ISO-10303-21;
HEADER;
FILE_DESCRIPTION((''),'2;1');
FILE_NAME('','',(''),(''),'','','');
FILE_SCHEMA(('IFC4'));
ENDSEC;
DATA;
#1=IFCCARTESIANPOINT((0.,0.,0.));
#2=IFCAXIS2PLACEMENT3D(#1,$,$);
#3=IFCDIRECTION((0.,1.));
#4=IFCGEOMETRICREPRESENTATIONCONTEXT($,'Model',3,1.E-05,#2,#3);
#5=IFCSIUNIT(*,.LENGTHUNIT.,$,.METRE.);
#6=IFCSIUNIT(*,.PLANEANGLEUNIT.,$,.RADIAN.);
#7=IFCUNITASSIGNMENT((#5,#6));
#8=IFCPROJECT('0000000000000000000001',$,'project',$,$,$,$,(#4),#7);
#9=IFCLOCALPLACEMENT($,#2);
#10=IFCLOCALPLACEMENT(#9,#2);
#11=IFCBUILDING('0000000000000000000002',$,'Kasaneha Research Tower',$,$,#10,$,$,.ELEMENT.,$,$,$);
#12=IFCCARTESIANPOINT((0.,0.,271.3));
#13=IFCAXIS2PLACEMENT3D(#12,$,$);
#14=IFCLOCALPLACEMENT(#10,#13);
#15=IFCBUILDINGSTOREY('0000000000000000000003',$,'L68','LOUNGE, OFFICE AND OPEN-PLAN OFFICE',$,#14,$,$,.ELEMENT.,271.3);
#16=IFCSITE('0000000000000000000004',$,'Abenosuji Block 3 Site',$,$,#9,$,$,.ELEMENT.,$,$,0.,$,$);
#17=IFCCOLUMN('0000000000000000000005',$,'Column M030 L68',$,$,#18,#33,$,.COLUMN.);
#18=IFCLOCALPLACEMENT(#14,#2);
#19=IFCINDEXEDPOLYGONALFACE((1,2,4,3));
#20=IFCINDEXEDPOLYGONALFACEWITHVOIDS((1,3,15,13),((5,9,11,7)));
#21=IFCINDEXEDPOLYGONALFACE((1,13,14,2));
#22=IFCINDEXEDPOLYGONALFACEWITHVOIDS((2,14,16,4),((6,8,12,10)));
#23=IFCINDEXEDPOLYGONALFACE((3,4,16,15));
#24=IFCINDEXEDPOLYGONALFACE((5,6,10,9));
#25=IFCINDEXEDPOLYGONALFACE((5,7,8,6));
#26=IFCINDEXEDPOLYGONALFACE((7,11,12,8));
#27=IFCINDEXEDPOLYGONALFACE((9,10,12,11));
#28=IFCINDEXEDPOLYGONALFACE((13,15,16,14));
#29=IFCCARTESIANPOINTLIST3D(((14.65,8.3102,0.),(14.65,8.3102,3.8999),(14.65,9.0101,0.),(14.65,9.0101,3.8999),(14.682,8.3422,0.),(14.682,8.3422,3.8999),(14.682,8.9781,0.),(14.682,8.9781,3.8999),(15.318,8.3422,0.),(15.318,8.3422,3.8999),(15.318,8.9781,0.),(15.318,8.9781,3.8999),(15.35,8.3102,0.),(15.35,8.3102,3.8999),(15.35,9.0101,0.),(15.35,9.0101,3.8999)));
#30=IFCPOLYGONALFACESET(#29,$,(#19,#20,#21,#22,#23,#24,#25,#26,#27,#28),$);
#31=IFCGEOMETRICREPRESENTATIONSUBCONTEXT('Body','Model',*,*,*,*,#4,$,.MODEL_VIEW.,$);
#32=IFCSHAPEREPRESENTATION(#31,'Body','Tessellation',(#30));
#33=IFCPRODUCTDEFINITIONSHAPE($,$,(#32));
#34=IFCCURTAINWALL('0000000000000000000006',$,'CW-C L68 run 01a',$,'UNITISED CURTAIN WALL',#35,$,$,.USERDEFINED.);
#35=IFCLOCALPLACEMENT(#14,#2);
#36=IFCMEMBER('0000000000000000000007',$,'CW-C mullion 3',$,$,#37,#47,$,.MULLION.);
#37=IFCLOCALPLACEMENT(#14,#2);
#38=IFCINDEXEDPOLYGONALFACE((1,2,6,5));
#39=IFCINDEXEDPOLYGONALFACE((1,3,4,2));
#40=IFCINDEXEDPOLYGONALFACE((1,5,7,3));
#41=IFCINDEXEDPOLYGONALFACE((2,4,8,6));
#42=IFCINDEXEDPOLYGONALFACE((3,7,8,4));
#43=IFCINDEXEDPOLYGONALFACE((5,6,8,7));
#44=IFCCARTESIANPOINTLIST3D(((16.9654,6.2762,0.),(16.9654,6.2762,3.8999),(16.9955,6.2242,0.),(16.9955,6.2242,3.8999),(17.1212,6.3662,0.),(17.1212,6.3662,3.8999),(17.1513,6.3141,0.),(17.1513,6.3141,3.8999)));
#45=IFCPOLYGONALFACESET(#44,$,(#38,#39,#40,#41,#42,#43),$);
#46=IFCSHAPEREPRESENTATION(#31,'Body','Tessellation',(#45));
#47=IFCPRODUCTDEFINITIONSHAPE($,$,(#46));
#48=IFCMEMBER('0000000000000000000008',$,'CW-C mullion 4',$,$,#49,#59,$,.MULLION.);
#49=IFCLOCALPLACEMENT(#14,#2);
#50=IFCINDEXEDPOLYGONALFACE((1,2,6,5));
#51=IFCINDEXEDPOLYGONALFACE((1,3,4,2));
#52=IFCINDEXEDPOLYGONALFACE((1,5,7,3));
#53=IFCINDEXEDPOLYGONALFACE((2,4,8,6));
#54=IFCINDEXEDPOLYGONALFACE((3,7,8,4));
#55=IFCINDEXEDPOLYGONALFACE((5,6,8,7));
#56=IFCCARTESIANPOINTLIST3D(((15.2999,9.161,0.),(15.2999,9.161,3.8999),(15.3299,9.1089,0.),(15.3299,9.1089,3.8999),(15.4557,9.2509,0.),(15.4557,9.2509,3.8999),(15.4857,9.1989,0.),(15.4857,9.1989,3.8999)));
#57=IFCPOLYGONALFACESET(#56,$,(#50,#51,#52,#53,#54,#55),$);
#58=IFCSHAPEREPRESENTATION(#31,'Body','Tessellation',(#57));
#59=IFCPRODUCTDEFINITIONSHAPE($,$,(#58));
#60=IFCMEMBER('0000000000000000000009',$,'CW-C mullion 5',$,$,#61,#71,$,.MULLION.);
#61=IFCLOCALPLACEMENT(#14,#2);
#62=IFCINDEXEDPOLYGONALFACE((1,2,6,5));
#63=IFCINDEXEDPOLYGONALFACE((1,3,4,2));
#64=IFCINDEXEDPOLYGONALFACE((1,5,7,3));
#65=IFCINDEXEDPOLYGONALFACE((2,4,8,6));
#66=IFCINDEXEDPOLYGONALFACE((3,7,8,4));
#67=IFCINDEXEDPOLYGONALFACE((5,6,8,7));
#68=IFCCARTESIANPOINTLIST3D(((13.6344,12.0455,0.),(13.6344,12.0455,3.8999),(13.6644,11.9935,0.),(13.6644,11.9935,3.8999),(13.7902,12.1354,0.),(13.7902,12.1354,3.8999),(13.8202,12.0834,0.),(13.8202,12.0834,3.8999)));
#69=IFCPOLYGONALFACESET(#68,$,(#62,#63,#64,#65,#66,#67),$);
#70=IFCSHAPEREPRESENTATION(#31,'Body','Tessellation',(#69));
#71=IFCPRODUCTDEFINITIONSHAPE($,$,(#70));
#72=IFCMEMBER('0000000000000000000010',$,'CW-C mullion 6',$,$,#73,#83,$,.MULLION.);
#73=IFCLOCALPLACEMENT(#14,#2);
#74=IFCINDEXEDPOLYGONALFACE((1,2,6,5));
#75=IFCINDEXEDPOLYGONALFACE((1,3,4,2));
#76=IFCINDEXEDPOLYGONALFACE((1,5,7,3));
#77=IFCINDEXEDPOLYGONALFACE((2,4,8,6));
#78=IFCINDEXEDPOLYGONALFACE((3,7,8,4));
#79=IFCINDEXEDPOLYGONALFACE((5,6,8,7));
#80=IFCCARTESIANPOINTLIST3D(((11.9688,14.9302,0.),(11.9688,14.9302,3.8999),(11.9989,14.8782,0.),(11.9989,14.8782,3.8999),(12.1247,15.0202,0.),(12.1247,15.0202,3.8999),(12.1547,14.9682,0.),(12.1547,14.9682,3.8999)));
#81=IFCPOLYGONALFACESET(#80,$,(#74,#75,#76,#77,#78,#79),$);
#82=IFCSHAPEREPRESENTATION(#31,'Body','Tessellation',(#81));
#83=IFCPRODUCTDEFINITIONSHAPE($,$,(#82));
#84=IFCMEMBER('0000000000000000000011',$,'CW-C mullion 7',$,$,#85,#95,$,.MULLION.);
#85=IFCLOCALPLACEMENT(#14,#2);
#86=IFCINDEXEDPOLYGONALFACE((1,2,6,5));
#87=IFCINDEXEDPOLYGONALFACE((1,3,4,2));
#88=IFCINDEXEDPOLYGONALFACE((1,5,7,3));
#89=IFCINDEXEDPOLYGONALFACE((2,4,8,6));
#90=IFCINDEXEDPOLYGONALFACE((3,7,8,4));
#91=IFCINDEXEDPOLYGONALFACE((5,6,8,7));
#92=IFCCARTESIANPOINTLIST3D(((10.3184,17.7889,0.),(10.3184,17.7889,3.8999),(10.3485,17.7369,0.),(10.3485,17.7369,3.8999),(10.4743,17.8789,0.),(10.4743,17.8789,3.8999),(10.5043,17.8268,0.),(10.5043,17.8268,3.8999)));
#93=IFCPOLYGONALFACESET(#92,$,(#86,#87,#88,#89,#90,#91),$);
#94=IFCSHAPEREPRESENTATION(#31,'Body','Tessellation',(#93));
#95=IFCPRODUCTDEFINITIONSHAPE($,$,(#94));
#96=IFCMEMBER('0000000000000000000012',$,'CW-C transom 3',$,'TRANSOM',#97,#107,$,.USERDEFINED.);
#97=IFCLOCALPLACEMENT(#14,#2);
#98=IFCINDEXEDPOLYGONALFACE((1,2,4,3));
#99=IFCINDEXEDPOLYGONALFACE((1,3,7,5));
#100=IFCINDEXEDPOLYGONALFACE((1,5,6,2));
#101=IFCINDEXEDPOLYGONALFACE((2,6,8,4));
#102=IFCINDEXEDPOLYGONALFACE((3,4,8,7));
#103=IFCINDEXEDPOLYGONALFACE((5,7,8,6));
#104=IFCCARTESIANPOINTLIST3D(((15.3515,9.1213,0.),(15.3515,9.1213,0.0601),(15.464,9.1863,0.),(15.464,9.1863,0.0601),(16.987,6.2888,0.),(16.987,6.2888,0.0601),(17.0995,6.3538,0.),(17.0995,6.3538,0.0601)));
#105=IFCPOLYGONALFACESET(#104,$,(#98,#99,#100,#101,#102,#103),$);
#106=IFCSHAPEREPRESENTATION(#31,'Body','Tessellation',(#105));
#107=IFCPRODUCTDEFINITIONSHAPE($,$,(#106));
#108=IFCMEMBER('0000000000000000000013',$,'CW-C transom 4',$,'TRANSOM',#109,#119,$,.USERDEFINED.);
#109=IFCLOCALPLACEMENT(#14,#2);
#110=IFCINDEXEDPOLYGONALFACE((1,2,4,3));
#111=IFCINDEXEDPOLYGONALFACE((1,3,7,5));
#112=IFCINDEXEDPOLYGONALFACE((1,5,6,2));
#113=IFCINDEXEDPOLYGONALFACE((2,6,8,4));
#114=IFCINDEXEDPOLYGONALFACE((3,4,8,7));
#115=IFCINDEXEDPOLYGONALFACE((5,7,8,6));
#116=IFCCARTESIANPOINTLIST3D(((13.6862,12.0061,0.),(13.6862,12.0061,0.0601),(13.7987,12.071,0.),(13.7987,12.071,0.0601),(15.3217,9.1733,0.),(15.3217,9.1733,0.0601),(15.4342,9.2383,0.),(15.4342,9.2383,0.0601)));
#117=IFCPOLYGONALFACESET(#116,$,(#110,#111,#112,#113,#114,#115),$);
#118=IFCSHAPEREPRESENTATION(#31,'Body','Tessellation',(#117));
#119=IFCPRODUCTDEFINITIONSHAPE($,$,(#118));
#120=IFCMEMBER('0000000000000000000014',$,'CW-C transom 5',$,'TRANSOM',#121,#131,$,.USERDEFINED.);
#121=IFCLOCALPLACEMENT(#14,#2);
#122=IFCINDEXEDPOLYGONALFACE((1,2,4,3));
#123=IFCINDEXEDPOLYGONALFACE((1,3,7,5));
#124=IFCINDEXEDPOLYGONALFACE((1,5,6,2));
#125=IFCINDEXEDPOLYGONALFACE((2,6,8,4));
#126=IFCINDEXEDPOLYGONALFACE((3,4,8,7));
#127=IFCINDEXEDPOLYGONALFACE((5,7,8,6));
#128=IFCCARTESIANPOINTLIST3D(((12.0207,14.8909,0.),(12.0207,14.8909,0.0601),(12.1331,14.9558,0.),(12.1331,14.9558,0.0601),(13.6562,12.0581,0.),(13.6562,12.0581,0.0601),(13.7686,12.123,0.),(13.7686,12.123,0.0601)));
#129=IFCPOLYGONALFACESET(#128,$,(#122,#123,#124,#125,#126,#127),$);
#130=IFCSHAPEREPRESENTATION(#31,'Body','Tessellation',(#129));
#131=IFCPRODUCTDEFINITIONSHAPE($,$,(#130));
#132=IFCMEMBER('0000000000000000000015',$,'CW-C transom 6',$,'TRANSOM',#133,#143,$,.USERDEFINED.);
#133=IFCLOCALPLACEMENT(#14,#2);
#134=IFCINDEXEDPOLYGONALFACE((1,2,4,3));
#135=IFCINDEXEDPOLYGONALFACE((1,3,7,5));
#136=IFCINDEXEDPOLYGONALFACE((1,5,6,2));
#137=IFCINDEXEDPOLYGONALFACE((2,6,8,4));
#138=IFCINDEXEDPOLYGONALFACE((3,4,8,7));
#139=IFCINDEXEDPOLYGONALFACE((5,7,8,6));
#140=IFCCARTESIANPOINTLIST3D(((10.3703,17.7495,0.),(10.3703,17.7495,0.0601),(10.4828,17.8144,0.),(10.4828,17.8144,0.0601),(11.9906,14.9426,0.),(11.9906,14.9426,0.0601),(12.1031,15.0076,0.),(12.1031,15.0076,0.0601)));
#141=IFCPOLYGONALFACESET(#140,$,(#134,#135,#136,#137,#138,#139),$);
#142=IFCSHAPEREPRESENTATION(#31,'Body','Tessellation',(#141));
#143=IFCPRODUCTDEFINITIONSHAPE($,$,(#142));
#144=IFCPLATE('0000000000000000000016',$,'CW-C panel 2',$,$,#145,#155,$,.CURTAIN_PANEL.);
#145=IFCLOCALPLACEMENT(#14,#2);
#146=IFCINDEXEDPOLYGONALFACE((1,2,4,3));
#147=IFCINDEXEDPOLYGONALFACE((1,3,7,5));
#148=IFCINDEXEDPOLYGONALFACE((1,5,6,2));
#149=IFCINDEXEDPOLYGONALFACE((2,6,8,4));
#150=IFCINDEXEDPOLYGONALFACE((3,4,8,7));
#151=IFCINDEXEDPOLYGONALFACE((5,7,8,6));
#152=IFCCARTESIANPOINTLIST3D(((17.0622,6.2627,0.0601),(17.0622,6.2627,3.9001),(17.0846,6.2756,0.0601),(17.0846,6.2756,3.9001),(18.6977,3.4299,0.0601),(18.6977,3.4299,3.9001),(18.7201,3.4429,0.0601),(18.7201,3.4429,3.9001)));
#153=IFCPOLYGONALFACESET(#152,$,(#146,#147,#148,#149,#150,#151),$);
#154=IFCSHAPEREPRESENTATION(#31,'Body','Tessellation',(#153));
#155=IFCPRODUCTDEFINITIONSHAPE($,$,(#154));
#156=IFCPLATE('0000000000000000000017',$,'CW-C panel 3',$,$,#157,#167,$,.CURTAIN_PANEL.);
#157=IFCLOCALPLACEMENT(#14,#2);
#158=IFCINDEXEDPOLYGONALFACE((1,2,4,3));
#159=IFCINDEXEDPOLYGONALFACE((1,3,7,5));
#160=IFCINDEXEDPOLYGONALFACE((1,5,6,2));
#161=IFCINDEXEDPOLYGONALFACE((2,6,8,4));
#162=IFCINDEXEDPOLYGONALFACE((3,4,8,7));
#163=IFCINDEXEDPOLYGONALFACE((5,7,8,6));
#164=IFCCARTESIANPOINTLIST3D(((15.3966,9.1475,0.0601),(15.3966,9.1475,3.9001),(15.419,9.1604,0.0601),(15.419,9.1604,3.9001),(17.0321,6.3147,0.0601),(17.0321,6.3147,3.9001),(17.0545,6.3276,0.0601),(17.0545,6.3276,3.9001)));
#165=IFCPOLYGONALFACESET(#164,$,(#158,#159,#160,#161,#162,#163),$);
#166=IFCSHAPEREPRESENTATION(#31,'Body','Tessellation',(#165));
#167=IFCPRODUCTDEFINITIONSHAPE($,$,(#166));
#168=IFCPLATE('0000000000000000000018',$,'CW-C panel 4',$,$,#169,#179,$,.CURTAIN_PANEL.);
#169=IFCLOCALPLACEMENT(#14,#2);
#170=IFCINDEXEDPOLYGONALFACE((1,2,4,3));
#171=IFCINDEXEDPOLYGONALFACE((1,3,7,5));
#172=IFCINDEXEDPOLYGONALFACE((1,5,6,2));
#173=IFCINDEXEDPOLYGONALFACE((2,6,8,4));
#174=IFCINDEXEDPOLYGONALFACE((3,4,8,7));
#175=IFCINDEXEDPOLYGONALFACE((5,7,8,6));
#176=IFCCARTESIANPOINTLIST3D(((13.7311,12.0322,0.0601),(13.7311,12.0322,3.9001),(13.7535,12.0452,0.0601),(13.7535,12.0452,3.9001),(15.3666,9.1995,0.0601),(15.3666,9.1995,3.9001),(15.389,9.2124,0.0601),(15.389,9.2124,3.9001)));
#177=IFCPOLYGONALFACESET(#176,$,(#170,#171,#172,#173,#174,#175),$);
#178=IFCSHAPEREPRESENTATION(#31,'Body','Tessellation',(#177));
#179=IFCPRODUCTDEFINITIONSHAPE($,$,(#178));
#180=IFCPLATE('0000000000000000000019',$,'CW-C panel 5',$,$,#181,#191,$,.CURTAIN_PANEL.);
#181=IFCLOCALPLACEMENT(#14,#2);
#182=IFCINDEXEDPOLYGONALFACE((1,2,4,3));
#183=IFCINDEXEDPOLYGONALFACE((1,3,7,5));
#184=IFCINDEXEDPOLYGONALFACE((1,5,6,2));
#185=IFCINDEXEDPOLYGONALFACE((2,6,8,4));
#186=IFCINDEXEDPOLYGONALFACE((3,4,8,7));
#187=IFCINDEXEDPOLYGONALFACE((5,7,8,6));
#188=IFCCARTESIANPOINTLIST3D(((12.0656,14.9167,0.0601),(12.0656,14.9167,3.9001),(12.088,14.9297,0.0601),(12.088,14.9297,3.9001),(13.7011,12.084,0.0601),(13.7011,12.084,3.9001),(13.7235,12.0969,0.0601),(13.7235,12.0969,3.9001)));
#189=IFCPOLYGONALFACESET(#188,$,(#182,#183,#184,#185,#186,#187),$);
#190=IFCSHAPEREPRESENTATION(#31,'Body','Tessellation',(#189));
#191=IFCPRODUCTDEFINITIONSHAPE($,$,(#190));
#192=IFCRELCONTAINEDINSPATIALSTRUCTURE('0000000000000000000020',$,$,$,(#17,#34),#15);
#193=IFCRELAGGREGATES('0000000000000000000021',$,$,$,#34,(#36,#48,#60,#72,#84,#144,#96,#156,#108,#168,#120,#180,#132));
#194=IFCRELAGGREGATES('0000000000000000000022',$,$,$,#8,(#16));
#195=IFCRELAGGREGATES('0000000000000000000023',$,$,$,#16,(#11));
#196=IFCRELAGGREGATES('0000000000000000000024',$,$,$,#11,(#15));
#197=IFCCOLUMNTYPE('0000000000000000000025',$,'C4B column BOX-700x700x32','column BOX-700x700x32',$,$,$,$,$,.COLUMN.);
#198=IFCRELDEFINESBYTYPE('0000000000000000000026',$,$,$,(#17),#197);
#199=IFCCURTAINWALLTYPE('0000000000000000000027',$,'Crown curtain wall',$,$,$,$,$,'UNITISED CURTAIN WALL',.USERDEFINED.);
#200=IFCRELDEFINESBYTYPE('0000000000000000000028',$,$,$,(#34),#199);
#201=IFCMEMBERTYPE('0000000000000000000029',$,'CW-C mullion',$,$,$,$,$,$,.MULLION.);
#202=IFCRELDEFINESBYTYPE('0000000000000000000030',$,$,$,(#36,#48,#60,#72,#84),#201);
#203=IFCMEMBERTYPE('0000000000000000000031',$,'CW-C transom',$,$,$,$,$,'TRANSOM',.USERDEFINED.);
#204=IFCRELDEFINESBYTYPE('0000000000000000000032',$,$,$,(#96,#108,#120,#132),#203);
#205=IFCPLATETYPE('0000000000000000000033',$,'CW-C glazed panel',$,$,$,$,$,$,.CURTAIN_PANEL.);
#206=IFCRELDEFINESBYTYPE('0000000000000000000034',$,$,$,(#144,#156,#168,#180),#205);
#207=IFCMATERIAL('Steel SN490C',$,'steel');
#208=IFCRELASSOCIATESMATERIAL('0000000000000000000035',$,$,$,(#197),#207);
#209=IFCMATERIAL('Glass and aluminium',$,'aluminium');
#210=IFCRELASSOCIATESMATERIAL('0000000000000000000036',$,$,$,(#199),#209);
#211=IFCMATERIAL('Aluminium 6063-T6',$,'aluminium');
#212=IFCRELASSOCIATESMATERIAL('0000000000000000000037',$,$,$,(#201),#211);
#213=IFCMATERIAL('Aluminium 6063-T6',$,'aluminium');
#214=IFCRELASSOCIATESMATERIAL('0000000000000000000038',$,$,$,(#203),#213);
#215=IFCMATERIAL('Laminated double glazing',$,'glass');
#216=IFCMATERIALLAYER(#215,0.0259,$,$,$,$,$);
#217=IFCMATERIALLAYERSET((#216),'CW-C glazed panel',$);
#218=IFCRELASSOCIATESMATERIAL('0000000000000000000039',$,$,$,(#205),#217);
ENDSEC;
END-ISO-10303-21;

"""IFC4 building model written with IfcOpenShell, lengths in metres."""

from ifc_helpers import new_model, si_unit, direction, frame, origin, origin_2d, place, context, subcontext, project, spatial, rectangle, hollow_rectangle, extrude, material, layer, layer_set, material_profile, profile_set, type_object, element, aggregate, save


model = new_model("IFC4")

# Units and contexts
model_context = context("Model", 3, precision=1e-05, world=origin(), true_north=direction((0.0, 1.0)))
body_context = subcontext(model_context, "Body", "Model", "MODEL_VIEW")
ifc_project = project(units=[si_unit("LENGTHUNIT", "METRE"), si_unit("PLANEANGLEUNIT", "RADIAN")], contexts=[model_context])

# Site, building, storey
site_placement = place(None, origin())
site = spatial("IfcSite", under=ifc_project, at=site_placement, Name="Abenosuji Block 3 Site", CompositionType="ELEMENT", RefElevation=0.0)
building_placement = place(site_placement, origin())
building = spatial("IfcBuilding", under=site, at=building_placement, Name="Kasaneha Research Tower", CompositionType="ELEMENT")
storey_placement = place(building_placement, frame((0.0, 0.0, 271.3)))
storey = spatial("IfcBuildingStorey", under=building, at=storey_placement, Name="L68", Description="LOUNGE, OFFICE AND OPEN-PLAN OFFICE", CompositionType="ELEMENT", Elevation=271.3)

# Column
ifc_material_1 = material(Name="Steel SN490C", Category="steel")
ifc_material_profile_1 = material_profile(ifc_material_1, hollow_rectangle(XDim=0.7, YDim=0.7, WallThickness=0.032, at=origin_2d()), Name="BOX-700x700x32")
ifc_profile_set_1 = profile_set([ifc_material_profile_1], Name="Steel SN490C")
column_type = type_object("IfcColumnType", Name="C4B column BOX-700x700x32", Description="column BOX-700x700x32", PredefinedType="COLUMN", material=ifc_profile_set_1)
column_placement = place(storey_placement, frame((15.0, 8.6602, 0.0), z_axis=(0.0, 0.0, 1.0), x_axis=(1.0, 0.0, 0.0)))
element("IfcColumn", 1, at=column_placement, inside=storey, type_object=column_type, Name="Column M030 L68", PredefinedType="COLUMN", context=body_context, shape_type="SweptSolid", body=[
    extrude(hollow_rectangle(XDim=0.7, YDim=0.7, WallThickness=0.032, at=origin_2d()), origin(), (0.0, 0.0, 1.0), 3.8999),
])

# Curtain wall, members, plates
ifc_material_2 = material(Name="Glass and aluminium", Category="aluminium")
curtain_wall_type = type_object("IfcCurtainWallType", Name="Crown curtain wall", ElementType="UNITISED CURTAIN WALL", PredefinedType="USERDEFINED", material=ifc_material_2)
curtain_wall_placement = place(storey_placement, origin())
curtain_wall = element("IfcCurtainWall", 2, at=curtain_wall_placement, inside=storey, type_object=curtain_wall_type, Name="CW-C L68 run 01a", ObjectType="UNITISED CURTAIN WALL", PredefinedType="USERDEFINED")
ifc_material_3 = material(Name="Aluminium 6063-T6", Category="aluminium")
ifc_material_profile_2 = material_profile(ifc_material_3, rectangle(XDim=0.0601, YDim=0.1799, at=origin_2d()), Name="CW-C mullion 60x180")
ifc_profile_set_2 = profile_set([ifc_material_profile_2], Name="Aluminium 6063-T6")
member_type_1 = type_object("IfcMemberType", Name="CW-C mullion", PredefinedType="MULLION", material=ifc_profile_set_2)
member_1_placement = place(storey_placement, frame((17.0583, 6.2952, 0.0), z_axis=(0.0, 0.0, 1.0), x_axis=(-0.5, 0.866025, 0.0)))
member_1 = element("IfcMember", 3, at=member_1_placement, type_object=member_type_1, Name="CW-C mullion 3", PredefinedType="MULLION", context=body_context, shape_type="SweptSolid", body=[
    extrude(rectangle(XDim=0.0601, YDim=0.1799, at=origin_2d()), origin(), (0.0, 0.0, 1.0), 3.8999),
])
member_2_placement = place(storey_placement, frame((15.3928, 9.1799, 0.0), z_axis=(0.0, 0.0, 1.0), x_axis=(-0.5, 0.866025, 0.0)))
member_2 = element("IfcMember", 4, at=member_2_placement, type_object=member_type_1, Name="CW-C mullion 4", PredefinedType="MULLION", context=body_context, shape_type="SweptSolid", body=[
    extrude(rectangle(XDim=0.0601, YDim=0.1799, at=origin_2d()), origin(), (0.0, 0.0, 1.0), 3.8999),
])
member_3_placement = place(storey_placement, frame((13.7273, 12.0645, 0.0), z_axis=(0.0, 0.0, 1.0), x_axis=(-0.5, 0.866025, 0.0)))
member_3 = element("IfcMember", 5, at=member_3_placement, type_object=member_type_1, Name="CW-C mullion 5", PredefinedType="MULLION", context=body_context, shape_type="SweptSolid", body=[
    extrude(rectangle(XDim=0.0601, YDim=0.1799, at=origin_2d()), origin(), (0.0, 0.0, 1.0), 3.8999),
])
member_4_placement = place(storey_placement, frame((12.0618, 14.9492, 0.0), z_axis=(0.0, 0.0, 1.0), x_axis=(-0.5, 0.866025, 0.0)))
member_4 = element("IfcMember", 6, at=member_4_placement, type_object=member_type_1, Name="CW-C mullion 6", PredefinedType="MULLION", context=body_context, shape_type="SweptSolid", body=[
    extrude(rectangle(XDim=0.0601, YDim=0.1799, at=origin_2d()), origin(), (0.0, 0.0, 1.0), 3.8999),
])
member_5_placement = place(storey_placement, frame((10.4114, 17.8079, 0.0), z_axis=(0.0, 0.0, 1.0), x_axis=(-0.5, 0.866025, 0.0)))
member_5 = element("IfcMember", 7, at=member_5_placement, type_object=member_type_1, Name="CW-C mullion 7", PredefinedType="MULLION", context=body_context, shape_type="SweptSolid", body=[
    extrude(rectangle(XDim=0.0601, YDim=0.1799, at=origin_2d()), origin(), (0.0, 0.0, 1.0), 3.8999),
])
ifc_material_4 = material(Name="Aluminium 6063-T6", Category="aluminium")
ifc_material_profile_3 = material_profile(ifc_material_4, rectangle(XDim=0.1299, YDim=0.0601, at=origin_2d()), Name="CW-C transom 130x60")
ifc_profile_set_3 = profile_set([ifc_material_profile_3], Name="Aluminium 6063-T6")
member_type_2 = type_object("IfcMemberType", Name="CW-C transom", ElementType="TRANSOM", PredefinedType="USERDEFINED", material=ifc_profile_set_3)
member_6_placement = place(storey_placement, frame((17.0432, 6.3213, 0.03), z_axis=(-0.500033, 0.866007, 0.0), x_axis=(-0.866007, -0.500033, 0.0)))
member_6 = element("IfcMember", 8, at=member_6_placement, type_object=member_type_2, Name="CW-C transom 3", ObjectType="TRANSOM", PredefinedType="USERDEFINED", context=body_context, shape_type="SweptSolid", body=[
    extrude(rectangle(XDim=0.1299, YDim=0.0601, at=origin_2d()), origin(), (0.0, 0.0, 1.0), 3.2708),
])
member_7_placement = place(storey_placement, frame((15.3779, 9.2058, 0.03), z_axis=(-0.5, 0.866025, 0.0), x_axis=(-0.866025, -0.5, 0.0)))
member_7 = element("IfcMember", 9, at=member_7_placement, type_object=member_type_2, Name="CW-C transom 4", ObjectType="TRANSOM", PredefinedType="USERDEFINED", context=body_context, shape_type="SweptSolid", body=[
    extrude(rectangle(XDim=0.1299, YDim=0.0601, at=origin_2d()), origin(), (0.0, 0.0, 1.0), 3.271),
])
member_8_placement = place(storey_placement, frame((13.7124, 12.0906, 0.03), z_axis=(-0.5, 0.866025, 0.0), x_axis=(-0.866025, -0.5, 0.0)))
member_8 = element("IfcMember", 10, at=member_8_placement, type_object=member_type_2, Name="CW-C transom 5", ObjectType="TRANSOM", PredefinedType="USERDEFINED", context=body_context, shape_type="SweptSolid", body=[
    extrude(rectangle(XDim=0.1299, YDim=0.0601, at=origin_2d()), origin(), (0.0, 0.0, 1.0), 3.271),
])
member_9_placement = place(storey_placement, frame((12.0469, 14.9751, 0.03), z_axis=(-0.499955, 0.866051, 0.0), x_axis=(-0.866051, -0.499955, 0.0)))
member_9 = element("IfcMember", 11, at=member_9_placement, type_object=member_type_2, Name="CW-C transom 6", ObjectType="TRANSOM", PredefinedType="USERDEFINED", context=body_context, shape_type="SweptSolid", body=[
    extrude(rectangle(XDim=0.1299, YDim=0.0601, at=origin_2d()), origin(), (0.0, 0.0, 1.0), 3.241),
])
ifc_material_5 = material(Name="Laminated double glazing", Category="glass")
ifc_layer_1 = layer(ifc_material_5, 0.0259)
ifc_layer_set_1 = layer_set([ifc_layer_1], Name="CW-C glazed panel")
plate_type = type_object("IfcPlateType", Name="CW-C glazed panel", PredefinedType="CURTAIN_PANEL", material=ifc_layer_set_1)
plate_1_placement = place(storey_placement, frame((17.8911, 4.8528, 0.0601), z_axis=(0.0, 0.0, 1.0), x_axis=(-0.5, 0.866025, 0.0)))
plate_1 = element("IfcPlate", 12, at=plate_1_placement, type_object=plate_type, Name="CW-C panel 2", PredefinedType="CURTAIN_PANEL", context=body_context, shape_type="SweptSolid", body=[
    extrude(rectangle(XDim=3.271, YDim=0.0259, at=origin_2d()), origin(), (0.0, 0.0, 1.0), 3.8401),
])
plate_2_placement = place(storey_placement, frame((16.2256, 7.7375, 0.0601), z_axis=(0.0, 0.0, 1.0), x_axis=(-0.5, 0.866025, 0.0)))
plate_2 = element("IfcPlate", 13, at=plate_2_placement, type_object=plate_type, Name="CW-C panel 3", PredefinedType="CURTAIN_PANEL", context=body_context, shape_type="SweptSolid", body=[
    extrude(rectangle(XDim=3.271, YDim=0.0259, at=origin_2d()), origin(), (0.0, 0.0, 1.0), 3.8401),
])
plate_3_placement = place(storey_placement, frame((14.5601, 10.6223, 0.0601), z_axis=(0.0, 0.0, 1.0), x_axis=(-0.5, 0.866025, 0.0)))
plate_3 = element("IfcPlate", 14, at=plate_3_placement, type_object=plate_type, Name="CW-C panel 4", PredefinedType="CURTAIN_PANEL", context=body_context, shape_type="SweptSolid", body=[
    extrude(rectangle(XDim=3.271, YDim=0.0259, at=origin_2d()), origin(), (0.0, 0.0, 1.0), 3.8401),
])
plate_4_placement = place(storey_placement, frame((12.8945, 13.5068, 0.0601), z_axis=(0.0, 0.0, 1.0), x_axis=(-0.5, 0.866025, 0.0)))
plate_4 = element("IfcPlate", 15, at=plate_4_placement, type_object=plate_type, Name="CW-C panel 5", PredefinedType="CURTAIN_PANEL", context=body_context, shape_type="SweptSolid", body=[
    extrude(rectangle(XDim=3.271, YDim=0.0259, at=origin_2d()), origin(), (0.0, 0.0, 1.0), 3.8401),
])
aggregate(curtain_wall, [member_1, member_2, member_3, member_4, member_5, plate_1, member_6, plate_2, member_7, plate_3, member_8, plate_4, member_9])

save(model, "model.ifc")
